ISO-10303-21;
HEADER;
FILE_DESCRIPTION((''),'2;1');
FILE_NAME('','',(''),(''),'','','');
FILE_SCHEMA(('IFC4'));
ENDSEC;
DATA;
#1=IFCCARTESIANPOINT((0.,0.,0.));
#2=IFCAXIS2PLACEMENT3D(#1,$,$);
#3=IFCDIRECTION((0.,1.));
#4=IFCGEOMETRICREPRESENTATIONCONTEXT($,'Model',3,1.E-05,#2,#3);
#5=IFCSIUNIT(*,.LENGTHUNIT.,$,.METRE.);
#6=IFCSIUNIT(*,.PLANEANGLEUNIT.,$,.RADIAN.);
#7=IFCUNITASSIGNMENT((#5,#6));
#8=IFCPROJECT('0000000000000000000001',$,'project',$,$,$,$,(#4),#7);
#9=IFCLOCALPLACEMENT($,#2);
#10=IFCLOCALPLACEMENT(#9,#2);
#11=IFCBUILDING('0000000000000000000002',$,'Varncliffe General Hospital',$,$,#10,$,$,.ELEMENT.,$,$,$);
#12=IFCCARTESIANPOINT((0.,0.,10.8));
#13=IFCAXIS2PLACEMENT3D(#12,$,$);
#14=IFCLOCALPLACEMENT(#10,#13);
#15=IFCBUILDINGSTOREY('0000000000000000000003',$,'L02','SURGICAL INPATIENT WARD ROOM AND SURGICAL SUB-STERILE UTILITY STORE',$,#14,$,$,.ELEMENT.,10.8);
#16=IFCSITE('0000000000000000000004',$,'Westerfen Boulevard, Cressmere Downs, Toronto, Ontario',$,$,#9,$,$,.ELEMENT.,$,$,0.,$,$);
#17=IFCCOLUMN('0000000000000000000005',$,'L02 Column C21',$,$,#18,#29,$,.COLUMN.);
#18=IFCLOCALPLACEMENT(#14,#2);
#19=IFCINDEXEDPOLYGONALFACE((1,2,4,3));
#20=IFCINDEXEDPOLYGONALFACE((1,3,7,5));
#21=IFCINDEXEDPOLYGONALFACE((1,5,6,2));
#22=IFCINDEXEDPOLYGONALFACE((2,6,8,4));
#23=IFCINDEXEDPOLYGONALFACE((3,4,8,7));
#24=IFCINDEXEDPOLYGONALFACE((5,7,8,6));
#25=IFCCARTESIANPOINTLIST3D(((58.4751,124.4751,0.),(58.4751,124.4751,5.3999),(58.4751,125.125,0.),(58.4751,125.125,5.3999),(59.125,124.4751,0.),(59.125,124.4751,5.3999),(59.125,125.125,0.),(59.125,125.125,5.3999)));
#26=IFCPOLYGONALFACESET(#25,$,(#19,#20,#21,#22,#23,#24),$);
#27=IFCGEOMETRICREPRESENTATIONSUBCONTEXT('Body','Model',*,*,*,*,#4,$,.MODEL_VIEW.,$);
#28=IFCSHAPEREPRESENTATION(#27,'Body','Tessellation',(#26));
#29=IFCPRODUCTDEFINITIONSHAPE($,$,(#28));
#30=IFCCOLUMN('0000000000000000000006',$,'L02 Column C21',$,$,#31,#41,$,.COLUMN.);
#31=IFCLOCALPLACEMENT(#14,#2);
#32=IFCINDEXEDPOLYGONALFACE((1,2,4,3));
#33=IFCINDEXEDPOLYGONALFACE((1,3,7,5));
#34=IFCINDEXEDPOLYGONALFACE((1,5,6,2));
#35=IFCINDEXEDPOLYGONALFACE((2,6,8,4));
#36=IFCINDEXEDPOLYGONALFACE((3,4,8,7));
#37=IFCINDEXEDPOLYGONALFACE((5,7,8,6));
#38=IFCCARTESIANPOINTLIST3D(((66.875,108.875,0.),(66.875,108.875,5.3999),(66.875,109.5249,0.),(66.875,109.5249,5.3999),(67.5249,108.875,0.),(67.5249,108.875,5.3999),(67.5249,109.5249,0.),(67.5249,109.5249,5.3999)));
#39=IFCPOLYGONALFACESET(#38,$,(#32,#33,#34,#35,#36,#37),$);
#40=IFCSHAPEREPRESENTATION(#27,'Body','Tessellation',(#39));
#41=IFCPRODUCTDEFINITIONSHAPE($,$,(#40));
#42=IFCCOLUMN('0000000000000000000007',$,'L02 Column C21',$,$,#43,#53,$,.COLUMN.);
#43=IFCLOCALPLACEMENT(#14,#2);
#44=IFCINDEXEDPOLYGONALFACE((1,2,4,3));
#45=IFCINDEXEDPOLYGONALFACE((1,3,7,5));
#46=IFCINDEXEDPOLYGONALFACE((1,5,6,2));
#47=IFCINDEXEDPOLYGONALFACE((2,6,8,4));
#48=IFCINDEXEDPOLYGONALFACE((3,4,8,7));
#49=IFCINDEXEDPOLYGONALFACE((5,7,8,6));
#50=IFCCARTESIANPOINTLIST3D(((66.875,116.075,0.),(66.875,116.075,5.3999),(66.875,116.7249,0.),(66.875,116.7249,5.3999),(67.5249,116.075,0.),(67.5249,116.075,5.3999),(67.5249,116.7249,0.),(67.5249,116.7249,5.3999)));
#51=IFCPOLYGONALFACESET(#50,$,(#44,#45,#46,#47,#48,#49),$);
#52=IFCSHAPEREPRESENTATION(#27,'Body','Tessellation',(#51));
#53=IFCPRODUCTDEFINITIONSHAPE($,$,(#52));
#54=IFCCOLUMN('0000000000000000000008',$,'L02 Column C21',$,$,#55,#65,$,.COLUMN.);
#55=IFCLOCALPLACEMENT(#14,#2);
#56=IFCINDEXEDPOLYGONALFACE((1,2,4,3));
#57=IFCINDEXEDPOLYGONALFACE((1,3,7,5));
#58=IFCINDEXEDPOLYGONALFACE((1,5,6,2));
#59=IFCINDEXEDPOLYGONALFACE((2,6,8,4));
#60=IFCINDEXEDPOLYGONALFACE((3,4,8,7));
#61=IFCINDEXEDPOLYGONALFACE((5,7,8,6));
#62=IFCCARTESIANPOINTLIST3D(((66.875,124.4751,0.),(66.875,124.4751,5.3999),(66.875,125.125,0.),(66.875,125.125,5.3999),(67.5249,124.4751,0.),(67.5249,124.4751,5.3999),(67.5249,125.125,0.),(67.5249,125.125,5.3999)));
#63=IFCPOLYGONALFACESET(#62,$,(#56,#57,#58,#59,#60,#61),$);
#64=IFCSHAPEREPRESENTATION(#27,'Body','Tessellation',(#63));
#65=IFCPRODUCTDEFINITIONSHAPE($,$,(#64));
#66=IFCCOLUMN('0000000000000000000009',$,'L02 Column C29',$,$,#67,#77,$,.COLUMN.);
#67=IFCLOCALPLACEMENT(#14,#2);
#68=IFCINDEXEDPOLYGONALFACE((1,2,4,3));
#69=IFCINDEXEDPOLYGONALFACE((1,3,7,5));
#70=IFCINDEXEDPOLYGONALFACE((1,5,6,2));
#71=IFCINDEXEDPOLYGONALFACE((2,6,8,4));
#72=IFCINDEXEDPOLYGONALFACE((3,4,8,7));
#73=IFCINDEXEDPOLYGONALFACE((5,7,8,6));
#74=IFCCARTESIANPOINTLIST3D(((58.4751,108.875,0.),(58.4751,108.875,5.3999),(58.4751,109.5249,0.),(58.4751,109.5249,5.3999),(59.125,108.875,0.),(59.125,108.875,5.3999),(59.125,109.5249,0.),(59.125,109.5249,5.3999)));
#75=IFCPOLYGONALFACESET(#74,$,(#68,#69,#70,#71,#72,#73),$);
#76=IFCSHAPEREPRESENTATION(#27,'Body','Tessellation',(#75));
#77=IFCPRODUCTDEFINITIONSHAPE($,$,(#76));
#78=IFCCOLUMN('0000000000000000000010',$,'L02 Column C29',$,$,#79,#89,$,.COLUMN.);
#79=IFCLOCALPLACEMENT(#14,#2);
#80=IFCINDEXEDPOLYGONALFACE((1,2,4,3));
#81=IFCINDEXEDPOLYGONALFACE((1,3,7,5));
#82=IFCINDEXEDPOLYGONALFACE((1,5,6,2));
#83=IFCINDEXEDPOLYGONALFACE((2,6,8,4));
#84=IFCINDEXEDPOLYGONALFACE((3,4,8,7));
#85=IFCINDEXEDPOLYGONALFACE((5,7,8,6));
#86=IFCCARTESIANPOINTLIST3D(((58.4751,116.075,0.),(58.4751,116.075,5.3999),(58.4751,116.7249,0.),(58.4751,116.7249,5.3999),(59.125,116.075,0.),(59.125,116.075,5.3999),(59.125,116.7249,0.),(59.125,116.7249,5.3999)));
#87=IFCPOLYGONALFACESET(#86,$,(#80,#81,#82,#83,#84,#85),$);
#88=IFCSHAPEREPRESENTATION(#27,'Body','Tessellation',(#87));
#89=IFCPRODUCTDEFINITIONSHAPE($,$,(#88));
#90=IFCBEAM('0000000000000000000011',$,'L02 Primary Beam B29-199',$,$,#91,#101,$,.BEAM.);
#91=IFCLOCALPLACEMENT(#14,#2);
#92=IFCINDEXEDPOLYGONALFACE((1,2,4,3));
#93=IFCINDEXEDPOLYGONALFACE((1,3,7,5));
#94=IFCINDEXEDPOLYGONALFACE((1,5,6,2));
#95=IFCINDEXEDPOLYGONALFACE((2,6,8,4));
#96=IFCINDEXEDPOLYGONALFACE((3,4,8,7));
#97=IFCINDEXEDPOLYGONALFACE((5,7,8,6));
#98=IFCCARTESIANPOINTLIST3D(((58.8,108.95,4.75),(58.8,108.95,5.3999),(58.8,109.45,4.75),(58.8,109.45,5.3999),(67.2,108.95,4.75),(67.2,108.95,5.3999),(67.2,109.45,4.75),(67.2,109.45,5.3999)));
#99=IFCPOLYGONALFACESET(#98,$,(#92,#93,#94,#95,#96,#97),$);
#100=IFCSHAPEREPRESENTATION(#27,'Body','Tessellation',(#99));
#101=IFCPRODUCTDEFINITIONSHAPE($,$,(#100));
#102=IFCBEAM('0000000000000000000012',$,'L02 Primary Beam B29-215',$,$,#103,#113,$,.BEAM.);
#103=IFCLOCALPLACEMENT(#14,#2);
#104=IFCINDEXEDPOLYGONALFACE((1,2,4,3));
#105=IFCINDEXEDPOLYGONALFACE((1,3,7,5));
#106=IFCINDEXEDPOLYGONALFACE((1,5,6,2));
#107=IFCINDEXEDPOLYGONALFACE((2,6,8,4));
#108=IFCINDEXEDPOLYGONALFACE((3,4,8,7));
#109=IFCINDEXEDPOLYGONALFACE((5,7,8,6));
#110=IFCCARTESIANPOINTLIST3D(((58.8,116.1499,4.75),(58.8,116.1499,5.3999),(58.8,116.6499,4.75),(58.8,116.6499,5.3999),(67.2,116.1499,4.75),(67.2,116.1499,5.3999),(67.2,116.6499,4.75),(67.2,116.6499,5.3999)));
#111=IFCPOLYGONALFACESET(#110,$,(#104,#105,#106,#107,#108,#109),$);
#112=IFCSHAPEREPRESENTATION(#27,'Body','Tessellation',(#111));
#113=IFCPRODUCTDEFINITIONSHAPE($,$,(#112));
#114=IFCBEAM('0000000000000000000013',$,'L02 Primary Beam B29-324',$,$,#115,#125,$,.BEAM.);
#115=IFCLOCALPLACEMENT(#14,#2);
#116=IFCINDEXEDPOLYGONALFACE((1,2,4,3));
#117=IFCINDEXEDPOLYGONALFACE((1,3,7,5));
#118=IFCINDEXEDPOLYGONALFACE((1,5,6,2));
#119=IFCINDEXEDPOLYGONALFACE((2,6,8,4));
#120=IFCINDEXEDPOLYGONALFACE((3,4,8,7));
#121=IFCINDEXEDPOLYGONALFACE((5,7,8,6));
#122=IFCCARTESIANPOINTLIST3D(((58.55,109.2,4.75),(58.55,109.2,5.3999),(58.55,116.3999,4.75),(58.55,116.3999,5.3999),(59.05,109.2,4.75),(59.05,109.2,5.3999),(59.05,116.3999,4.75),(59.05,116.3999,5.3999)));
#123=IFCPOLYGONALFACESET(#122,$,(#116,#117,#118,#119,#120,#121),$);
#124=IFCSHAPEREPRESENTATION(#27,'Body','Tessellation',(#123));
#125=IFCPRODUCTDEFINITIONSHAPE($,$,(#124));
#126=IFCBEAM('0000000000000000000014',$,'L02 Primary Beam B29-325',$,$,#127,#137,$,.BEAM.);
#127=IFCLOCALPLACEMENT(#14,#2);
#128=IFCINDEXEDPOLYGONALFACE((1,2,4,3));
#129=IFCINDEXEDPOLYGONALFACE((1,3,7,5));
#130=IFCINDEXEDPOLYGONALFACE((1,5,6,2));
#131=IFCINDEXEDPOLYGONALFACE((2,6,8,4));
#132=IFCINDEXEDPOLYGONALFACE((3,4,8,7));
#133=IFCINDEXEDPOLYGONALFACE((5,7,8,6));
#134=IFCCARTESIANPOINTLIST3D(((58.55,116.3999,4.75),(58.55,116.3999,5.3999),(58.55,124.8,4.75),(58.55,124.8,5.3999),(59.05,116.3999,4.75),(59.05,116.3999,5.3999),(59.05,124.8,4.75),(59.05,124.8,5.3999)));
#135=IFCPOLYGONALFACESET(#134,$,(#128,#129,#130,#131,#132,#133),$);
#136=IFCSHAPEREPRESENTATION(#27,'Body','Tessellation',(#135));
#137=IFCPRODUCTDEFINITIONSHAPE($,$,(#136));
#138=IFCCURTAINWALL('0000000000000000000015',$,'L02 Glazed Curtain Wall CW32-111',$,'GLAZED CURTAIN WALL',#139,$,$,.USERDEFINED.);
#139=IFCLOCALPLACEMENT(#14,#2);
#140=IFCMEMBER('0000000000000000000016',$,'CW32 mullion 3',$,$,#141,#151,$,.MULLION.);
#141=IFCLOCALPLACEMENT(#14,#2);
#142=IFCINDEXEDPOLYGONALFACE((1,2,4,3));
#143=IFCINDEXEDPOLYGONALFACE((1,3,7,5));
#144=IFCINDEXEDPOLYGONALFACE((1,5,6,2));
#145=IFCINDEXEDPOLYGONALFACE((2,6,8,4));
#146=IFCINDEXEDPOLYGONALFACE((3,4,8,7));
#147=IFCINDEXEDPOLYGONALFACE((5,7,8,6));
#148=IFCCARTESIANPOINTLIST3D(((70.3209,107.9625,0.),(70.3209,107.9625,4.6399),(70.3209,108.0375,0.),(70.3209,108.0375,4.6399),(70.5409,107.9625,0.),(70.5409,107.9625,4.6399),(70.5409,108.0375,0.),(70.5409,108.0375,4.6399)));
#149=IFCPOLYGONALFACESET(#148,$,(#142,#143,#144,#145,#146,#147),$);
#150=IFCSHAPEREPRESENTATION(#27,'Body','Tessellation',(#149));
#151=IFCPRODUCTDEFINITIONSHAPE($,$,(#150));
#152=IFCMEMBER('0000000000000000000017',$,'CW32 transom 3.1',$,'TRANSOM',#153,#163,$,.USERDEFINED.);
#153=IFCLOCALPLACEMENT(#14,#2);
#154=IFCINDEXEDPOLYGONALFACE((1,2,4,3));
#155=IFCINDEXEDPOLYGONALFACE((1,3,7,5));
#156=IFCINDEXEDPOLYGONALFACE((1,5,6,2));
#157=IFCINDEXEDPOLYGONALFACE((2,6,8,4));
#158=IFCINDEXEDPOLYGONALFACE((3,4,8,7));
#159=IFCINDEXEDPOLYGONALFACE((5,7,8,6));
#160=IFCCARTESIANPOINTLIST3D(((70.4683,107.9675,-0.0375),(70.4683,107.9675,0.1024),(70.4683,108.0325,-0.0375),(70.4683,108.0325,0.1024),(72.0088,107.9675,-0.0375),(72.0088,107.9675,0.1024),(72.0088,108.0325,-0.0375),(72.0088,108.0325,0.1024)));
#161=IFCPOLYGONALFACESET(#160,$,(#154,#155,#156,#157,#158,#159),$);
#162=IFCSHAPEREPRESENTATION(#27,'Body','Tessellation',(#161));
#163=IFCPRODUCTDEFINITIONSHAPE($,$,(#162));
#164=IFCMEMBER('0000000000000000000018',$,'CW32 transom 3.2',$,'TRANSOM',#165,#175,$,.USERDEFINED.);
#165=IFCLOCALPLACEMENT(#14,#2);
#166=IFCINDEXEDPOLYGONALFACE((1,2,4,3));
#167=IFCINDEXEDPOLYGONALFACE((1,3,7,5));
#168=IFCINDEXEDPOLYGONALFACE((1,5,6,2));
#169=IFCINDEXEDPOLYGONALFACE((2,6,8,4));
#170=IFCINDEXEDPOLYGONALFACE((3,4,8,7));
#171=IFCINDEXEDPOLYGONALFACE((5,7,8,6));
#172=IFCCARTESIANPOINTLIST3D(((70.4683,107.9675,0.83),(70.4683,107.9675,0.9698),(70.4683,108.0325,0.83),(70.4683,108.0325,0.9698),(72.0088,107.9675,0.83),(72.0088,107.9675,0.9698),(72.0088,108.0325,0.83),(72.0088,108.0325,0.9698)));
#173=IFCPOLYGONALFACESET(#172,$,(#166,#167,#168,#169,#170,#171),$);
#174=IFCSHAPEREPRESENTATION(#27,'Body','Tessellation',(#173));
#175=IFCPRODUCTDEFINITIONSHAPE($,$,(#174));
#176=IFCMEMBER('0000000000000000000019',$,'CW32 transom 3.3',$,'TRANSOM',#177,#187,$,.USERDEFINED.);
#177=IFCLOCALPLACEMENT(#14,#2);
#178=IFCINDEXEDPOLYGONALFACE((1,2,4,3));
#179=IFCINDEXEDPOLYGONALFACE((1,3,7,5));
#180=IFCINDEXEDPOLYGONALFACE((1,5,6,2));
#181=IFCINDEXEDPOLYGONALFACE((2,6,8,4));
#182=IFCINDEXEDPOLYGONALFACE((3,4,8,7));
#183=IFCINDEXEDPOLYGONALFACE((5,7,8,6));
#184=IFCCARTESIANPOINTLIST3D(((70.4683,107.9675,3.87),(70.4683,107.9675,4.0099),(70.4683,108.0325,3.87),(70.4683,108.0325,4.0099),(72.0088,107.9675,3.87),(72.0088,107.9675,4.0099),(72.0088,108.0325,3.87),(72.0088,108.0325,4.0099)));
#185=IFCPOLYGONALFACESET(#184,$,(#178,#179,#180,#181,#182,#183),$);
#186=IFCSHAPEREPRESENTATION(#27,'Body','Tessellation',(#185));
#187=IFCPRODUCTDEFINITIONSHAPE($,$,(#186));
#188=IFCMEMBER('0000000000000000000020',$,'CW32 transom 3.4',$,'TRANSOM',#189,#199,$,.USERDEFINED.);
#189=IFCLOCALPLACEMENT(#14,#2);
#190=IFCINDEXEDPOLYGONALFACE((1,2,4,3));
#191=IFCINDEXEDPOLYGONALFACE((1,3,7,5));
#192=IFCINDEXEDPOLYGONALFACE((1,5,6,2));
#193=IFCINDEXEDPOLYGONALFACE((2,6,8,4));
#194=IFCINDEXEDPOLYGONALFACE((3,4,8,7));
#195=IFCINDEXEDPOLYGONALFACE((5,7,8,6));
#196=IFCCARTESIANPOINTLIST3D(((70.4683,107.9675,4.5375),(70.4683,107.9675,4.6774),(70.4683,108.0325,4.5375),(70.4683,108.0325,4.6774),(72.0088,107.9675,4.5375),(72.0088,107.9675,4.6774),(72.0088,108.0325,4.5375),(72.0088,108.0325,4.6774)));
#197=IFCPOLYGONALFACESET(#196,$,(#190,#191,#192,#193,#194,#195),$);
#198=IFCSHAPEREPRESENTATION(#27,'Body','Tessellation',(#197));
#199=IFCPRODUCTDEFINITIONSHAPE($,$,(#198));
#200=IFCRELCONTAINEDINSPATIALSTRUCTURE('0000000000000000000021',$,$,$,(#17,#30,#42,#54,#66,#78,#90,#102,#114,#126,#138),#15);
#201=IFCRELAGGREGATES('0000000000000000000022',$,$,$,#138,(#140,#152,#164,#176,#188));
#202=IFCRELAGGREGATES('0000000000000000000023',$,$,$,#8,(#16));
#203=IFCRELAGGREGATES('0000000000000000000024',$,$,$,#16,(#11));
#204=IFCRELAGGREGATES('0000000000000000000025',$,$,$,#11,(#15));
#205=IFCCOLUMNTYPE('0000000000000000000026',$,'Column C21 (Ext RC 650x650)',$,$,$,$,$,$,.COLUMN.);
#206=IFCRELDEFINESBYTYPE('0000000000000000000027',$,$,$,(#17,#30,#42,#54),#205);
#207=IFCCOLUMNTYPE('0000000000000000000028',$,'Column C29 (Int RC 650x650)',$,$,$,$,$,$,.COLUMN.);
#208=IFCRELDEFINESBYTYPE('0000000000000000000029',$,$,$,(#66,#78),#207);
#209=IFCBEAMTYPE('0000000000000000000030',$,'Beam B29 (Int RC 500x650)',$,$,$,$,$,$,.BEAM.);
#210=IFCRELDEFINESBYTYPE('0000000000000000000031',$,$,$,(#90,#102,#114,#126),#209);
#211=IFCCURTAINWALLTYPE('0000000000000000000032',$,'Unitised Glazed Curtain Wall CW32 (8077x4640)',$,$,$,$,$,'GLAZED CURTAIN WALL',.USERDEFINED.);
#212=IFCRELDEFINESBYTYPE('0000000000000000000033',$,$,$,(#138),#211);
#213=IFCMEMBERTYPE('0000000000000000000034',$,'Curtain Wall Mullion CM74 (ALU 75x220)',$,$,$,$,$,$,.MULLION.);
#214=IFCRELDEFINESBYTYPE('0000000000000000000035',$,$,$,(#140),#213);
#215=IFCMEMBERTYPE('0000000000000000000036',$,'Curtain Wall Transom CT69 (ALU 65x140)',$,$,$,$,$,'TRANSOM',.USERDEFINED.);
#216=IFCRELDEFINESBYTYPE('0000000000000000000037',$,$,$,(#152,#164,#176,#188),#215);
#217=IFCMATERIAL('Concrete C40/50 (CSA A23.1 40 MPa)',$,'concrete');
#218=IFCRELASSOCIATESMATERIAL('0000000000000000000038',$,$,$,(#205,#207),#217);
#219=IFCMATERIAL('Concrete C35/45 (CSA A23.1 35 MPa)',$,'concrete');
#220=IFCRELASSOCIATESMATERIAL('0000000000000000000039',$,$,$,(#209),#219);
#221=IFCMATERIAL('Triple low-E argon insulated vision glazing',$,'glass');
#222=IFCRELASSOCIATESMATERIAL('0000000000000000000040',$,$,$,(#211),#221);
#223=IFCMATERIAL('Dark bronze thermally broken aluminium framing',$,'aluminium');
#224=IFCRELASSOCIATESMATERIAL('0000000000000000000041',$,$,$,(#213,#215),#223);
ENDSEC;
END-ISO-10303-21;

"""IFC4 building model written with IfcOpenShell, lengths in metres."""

from ifc_helpers import new_model, si_unit, direction, frame, origin, origin_2d, place, context, subcontext, project, spatial, rectangle, extrude, material, material_profile, profile_set, type_object, element, aggregate, save


model = new_model("IFC4")

# Units and contexts
model_context = context("Model", 3, precision=1e-05, world=origin(), true_north=direction((0.0, 1.0)))
body_context = subcontext(model_context, "Body", "Model", "MODEL_VIEW")
ifc_project = project(units=[si_unit("LENGTHUNIT", "METRE"), si_unit("PLANEANGLEUNIT", "RADIAN")], contexts=[model_context])

# Site, building, storey
site_placement = place(None, origin())
site = spatial("IfcSite", under=ifc_project, at=site_placement, Name="Westerfen Boulevard, Cressmere Downs, Toronto, Ontario", CompositionType="ELEMENT", RefElevation=0.0)
building_placement = place(site_placement, origin())
building = spatial("IfcBuilding", under=site, at=building_placement, Name="Varncliffe General Hospital", CompositionType="ELEMENT")
storey_placement = place(building_placement, frame((0.0, 0.0, 10.8)))
storey = spatial("IfcBuildingStorey", under=building, at=storey_placement, Name="L02", Description="SURGICAL INPATIENT WARD ROOM AND SURGICAL SUB-STERILE UTILITY STORE", CompositionType="ELEMENT", Elevation=10.8)

# Columns
ifc_material_1 = material(Name="Concrete C40/50 (CSA A23.1 40 MPa)", Category="concrete")
ifc_material_profile_1 = material_profile(ifc_material_1, rectangle(XDim=0.6499, YDim=0.6499, at=origin_2d()), Name="RC 650x650")
ifc_profile_set_1 = profile_set([ifc_material_profile_1], Name="Concrete C40/50 (CSA A23.1 40 MPa)")
column_type_1 = type_object("IfcColumnType", Name="Column C21 (Ext RC 650x650)", PredefinedType="COLUMN", material=ifc_profile_set_1)
for number, where, z_axis, x_axis, name in (
    (1, (58.8, 124.8, 0.0), (0.0, 0.0, 1.0), (1.0, 0.0, 0.0), "L02 Column C21"),
    (2, (67.2, 109.2, 0.0), (0.0, 0.0, 1.0), (1.0, 0.0, 0.0), "L02 Column C21"),
    (3, (67.2, 116.3999, 0.0), (0.0, 0.0, 1.0), (1.0, 0.0, 0.0), "L02 Column C21"),
    (4, (67.2, 124.8, 0.0), (0.0, 0.0, 1.0), (1.0, 0.0, 0.0), "L02 Column C21"),
):
    element("IfcColumn", number, at=place(storey_placement, frame(where, z_axis=z_axis, x_axis=x_axis)), inside=storey, type_object=column_type_1, Name=name, PredefinedType="COLUMN", context=body_context, shape_type="SweptSolid", body=[
        extrude(rectangle(XDim=0.6499, YDim=0.6499, at=origin_2d()), origin(), (0.0, 0.0, 1.0), 5.3999),
    ])
ifc_material_profile_2 = material_profile(ifc_material_1, rectangle(XDim=0.6499, YDim=0.6499, at=origin_2d()), Name="RC 650x650")
ifc_profile_set_2 = profile_set([ifc_material_profile_2], Name="Concrete C40/50 (CSA A23.1 40 MPa)")
column_type_2 = type_object("IfcColumnType", Name="Column C29 (Int RC 650x650)", PredefinedType="COLUMN", material=ifc_profile_set_2)
for number, where, z_axis, x_axis, name in (
    (5, (58.8, 109.2, 0.0), (0.0, 0.0, 1.0), (1.0, 0.0, 0.0), "L02 Column C29"),
    (6, (58.8, 116.3999, 0.0), (0.0, 0.0, 1.0), (1.0, 0.0, 0.0), "L02 Column C29"),
):
    element("IfcColumn", number, at=place(storey_placement, frame(where, z_axis=z_axis, x_axis=x_axis)), inside=storey, type_object=column_type_2, Name=name, PredefinedType="COLUMN", context=body_context, shape_type="SweptSolid", body=[
        extrude(rectangle(XDim=0.6499, YDim=0.6499, at=origin_2d()), origin(), (0.0, 0.0, 1.0), 5.3999),
    ])

# Beams
ifc_material_2 = material(Name="Concrete C35/45 (CSA A23.1 35 MPa)", Category="concrete")
ifc_material_profile_3 = material_profile(ifc_material_2, rectangle(XDim=0.5, YDim=0.6499, at=origin_2d()), Name="RC 500x650")
ifc_profile_set_3 = profile_set([ifc_material_profile_3], Name="Concrete C35/45 (CSA A23.1 35 MPa)")
beam_type_1 = type_object("IfcBeamType", Name="Beam B29 (Int RC 500x650)", PredefinedType="BEAM", material=ifc_profile_set_3)
for number, where, z_axis, x_axis, name in (
    (7, (58.8, 109.2, 5.075), (1.0, 0.0, 0.0), (0.0, 1.0, 0.0), "L02 Primary Beam B29-199"),
    (8, (58.8, 116.3999, 5.075), (1.0, 0.0, 0.0), (0.0, 1.0, 0.0), "L02 Primary Beam B29-215"),
):
    element("IfcBeam", number, at=place(storey_placement, frame(where, z_axis=z_axis, x_axis=x_axis)), inside=storey, type_object=beam_type_1, Name=name, PredefinedType="BEAM", context=body_context, shape_type="SweptSolid", body=[
        extrude(rectangle(XDim=0.5, YDim=0.6499, at=origin_2d()), origin(), (0.0, 0.0, 1.0), 8.3999),
    ])
beam_1_placement = place(storey_placement, frame((58.8, 109.2, 5.075), z_axis=(0.0, 1.0, 0.0), x_axis=(-1.0, 0.0, 0.0)))
element("IfcBeam", 9, at=beam_1_placement, inside=storey, type_object=beam_type_1, Name="L02 Primary Beam B29-324", PredefinedType="BEAM", context=body_context, shape_type="SweptSolid", body=[
    extrude(rectangle(XDim=0.5, YDim=0.6499, at=origin_2d()), origin(), (0.0, 0.0, 1.0), 7.2),
])
beam_2_placement = place(storey_placement, frame((58.8, 116.3999, 5.075), z_axis=(0.0, 1.0, 0.0), x_axis=(-1.0, 0.0, 0.0)))
element("IfcBeam", 10, at=beam_2_placement, inside=storey, type_object=beam_type_1, Name="L02 Primary Beam B29-325", PredefinedType="BEAM", context=body_context, shape_type="SweptSolid", body=[
    extrude(rectangle(XDim=0.5, YDim=0.6499, at=origin_2d()), origin(), (0.0, 0.0, 1.0), 8.4001),
])

# Curtain wall, members
ifc_material_3 = material(Name="Triple low-E argon insulated vision glazing", Category="glass")
curtain_wall_type = type_object("IfcCurtainWallType", Name="Unitised Glazed Curtain Wall CW32 (8077x4640)", ElementType="GLAZED CURTAIN WALL", PredefinedType="USERDEFINED", material=ifc_material_3)
curtain_wall_placement = place(storey_placement, origin())
curtain_wall = element("IfcCurtainWall", 11, at=curtain_wall_placement, inside=storey, type_object=curtain_wall_type, Name="L02 Glazed Curtain Wall CW32-111", ObjectType="GLAZED CURTAIN WALL", PredefinedType="USERDEFINED")
ifc_material_4 = material(Name="Dark bronze thermally broken aluminium framing", Category="aluminium")
ifc_material_profile_4 = material_profile(ifc_material_4, rectangle(XDim=0.075, YDim=0.22, at=origin_2d()), Name="ALU 75x220")
ifc_profile_set_4 = profile_set([ifc_material_profile_4], Name="Dark bronze thermally broken aluminium framing")
member_type_1 = type_object("IfcMemberType", Name="Curtain Wall Mullion CM74 (ALU 75x220)", PredefinedType="MULLION", material=ifc_profile_set_4)
member_1_placement = place(storey_placement, frame((70.4309, 108.0, 0.0), z_axis=(0.0, 0.0, 1.0), x_axis=(0.0, 1.0, 0.0)))
member_1 = element("IfcMember", 12, at=member_1_placement, type_object=member_type_1, Name="CW32 mullion 3", PredefinedType="MULLION", context=body_context, shape_type="SweptSolid", body=[
    extrude(rectangle(XDim=0.075, YDim=0.22, at=origin_2d()), origin(), (0.0, 0.0, 1.0), 4.6399),
])
ifc_material_profile_5 = material_profile(ifc_material_4, rectangle(XDim=0.0649, YDim=0.1399, at=origin_2d()), Name="ALU 65x140")
ifc_profile_set_5 = profile_set([ifc_material_profile_5], Name="Dark bronze thermally broken aluminium framing")
member_type_2 = type_object("IfcMemberType", Name="Curtain Wall Transom CT69 (ALU 65x140)", ElementType="TRANSOM", PredefinedType="USERDEFINED", material=ifc_profile_set_5)
member_2_placement = place(storey_placement, frame((70.4683, 108.0, 0.0325), z_axis=(1.0, 0.0, 0.0), x_axis=(0.0, 1.0, 0.0)))
member_2 = element("IfcMember", 13, at=member_2_placement, type_object=member_type_2, Name="CW32 transom 3.1", ObjectType="TRANSOM", PredefinedType="USERDEFINED", context=body_context, shape_type="SweptSolid", body=[
    extrude(rectangle(XDim=0.0649, YDim=0.1399, at=origin_2d()), origin(), (0.0, 0.0, 1.0), 1.5405),
])
member_3_placement = place(storey_placement, frame((70.4683, 108.0, 0.8999), z_axis=(1.0, 0.0, 0.0), x_axis=(0.0, 1.0, 0.0)))
member_3 = element("IfcMember", 14, at=member_3_placement, type_object=member_type_2, Name="CW32 transom 3.2", ObjectType="TRANSOM", PredefinedType="USERDEFINED", context=body_context, shape_type="SweptSolid", body=[
    extrude(rectangle(XDim=0.0649, YDim=0.1399, at=origin_2d()), origin(), (0.0, 0.0, 1.0), 1.5405),
])
member_4_placement = place(storey_placement, frame((70.4683, 108.0, 3.9399), z_axis=(1.0, 0.0, 0.0), x_axis=(0.0, 1.0, 0.0)))
member_4 = element("IfcMember", 15, at=member_4_placement, type_object=member_type_2, Name="CW32 transom 3.3", ObjectType="TRANSOM", PredefinedType="USERDEFINED", context=body_context, shape_type="SweptSolid", body=[
    extrude(rectangle(XDim=0.0649, YDim=0.1399, at=origin_2d()), origin(), (0.0, 0.0, 1.0), 1.5405),
])
member_5_placement = place(storey_placement, frame((70.4683, 108.0, 4.6074), z_axis=(1.0, 0.0, 0.0), x_axis=(0.0, 1.0, 0.0)))
member_5 = element("IfcMember", 16, at=member_5_placement, type_object=member_type_2, Name="CW32 transom 3.4", ObjectType="TRANSOM", PredefinedType="USERDEFINED", context=body_context, shape_type="SweptSolid", body=[
    extrude(rectangle(XDim=0.0649, YDim=0.1399, at=origin_2d()), origin(), (0.0, 0.0, 1.0), 1.5405),
])
aggregate(curtain_wall, [member_1, member_2, member_3, member_4, member_5])

save(model, "model.ifc")
